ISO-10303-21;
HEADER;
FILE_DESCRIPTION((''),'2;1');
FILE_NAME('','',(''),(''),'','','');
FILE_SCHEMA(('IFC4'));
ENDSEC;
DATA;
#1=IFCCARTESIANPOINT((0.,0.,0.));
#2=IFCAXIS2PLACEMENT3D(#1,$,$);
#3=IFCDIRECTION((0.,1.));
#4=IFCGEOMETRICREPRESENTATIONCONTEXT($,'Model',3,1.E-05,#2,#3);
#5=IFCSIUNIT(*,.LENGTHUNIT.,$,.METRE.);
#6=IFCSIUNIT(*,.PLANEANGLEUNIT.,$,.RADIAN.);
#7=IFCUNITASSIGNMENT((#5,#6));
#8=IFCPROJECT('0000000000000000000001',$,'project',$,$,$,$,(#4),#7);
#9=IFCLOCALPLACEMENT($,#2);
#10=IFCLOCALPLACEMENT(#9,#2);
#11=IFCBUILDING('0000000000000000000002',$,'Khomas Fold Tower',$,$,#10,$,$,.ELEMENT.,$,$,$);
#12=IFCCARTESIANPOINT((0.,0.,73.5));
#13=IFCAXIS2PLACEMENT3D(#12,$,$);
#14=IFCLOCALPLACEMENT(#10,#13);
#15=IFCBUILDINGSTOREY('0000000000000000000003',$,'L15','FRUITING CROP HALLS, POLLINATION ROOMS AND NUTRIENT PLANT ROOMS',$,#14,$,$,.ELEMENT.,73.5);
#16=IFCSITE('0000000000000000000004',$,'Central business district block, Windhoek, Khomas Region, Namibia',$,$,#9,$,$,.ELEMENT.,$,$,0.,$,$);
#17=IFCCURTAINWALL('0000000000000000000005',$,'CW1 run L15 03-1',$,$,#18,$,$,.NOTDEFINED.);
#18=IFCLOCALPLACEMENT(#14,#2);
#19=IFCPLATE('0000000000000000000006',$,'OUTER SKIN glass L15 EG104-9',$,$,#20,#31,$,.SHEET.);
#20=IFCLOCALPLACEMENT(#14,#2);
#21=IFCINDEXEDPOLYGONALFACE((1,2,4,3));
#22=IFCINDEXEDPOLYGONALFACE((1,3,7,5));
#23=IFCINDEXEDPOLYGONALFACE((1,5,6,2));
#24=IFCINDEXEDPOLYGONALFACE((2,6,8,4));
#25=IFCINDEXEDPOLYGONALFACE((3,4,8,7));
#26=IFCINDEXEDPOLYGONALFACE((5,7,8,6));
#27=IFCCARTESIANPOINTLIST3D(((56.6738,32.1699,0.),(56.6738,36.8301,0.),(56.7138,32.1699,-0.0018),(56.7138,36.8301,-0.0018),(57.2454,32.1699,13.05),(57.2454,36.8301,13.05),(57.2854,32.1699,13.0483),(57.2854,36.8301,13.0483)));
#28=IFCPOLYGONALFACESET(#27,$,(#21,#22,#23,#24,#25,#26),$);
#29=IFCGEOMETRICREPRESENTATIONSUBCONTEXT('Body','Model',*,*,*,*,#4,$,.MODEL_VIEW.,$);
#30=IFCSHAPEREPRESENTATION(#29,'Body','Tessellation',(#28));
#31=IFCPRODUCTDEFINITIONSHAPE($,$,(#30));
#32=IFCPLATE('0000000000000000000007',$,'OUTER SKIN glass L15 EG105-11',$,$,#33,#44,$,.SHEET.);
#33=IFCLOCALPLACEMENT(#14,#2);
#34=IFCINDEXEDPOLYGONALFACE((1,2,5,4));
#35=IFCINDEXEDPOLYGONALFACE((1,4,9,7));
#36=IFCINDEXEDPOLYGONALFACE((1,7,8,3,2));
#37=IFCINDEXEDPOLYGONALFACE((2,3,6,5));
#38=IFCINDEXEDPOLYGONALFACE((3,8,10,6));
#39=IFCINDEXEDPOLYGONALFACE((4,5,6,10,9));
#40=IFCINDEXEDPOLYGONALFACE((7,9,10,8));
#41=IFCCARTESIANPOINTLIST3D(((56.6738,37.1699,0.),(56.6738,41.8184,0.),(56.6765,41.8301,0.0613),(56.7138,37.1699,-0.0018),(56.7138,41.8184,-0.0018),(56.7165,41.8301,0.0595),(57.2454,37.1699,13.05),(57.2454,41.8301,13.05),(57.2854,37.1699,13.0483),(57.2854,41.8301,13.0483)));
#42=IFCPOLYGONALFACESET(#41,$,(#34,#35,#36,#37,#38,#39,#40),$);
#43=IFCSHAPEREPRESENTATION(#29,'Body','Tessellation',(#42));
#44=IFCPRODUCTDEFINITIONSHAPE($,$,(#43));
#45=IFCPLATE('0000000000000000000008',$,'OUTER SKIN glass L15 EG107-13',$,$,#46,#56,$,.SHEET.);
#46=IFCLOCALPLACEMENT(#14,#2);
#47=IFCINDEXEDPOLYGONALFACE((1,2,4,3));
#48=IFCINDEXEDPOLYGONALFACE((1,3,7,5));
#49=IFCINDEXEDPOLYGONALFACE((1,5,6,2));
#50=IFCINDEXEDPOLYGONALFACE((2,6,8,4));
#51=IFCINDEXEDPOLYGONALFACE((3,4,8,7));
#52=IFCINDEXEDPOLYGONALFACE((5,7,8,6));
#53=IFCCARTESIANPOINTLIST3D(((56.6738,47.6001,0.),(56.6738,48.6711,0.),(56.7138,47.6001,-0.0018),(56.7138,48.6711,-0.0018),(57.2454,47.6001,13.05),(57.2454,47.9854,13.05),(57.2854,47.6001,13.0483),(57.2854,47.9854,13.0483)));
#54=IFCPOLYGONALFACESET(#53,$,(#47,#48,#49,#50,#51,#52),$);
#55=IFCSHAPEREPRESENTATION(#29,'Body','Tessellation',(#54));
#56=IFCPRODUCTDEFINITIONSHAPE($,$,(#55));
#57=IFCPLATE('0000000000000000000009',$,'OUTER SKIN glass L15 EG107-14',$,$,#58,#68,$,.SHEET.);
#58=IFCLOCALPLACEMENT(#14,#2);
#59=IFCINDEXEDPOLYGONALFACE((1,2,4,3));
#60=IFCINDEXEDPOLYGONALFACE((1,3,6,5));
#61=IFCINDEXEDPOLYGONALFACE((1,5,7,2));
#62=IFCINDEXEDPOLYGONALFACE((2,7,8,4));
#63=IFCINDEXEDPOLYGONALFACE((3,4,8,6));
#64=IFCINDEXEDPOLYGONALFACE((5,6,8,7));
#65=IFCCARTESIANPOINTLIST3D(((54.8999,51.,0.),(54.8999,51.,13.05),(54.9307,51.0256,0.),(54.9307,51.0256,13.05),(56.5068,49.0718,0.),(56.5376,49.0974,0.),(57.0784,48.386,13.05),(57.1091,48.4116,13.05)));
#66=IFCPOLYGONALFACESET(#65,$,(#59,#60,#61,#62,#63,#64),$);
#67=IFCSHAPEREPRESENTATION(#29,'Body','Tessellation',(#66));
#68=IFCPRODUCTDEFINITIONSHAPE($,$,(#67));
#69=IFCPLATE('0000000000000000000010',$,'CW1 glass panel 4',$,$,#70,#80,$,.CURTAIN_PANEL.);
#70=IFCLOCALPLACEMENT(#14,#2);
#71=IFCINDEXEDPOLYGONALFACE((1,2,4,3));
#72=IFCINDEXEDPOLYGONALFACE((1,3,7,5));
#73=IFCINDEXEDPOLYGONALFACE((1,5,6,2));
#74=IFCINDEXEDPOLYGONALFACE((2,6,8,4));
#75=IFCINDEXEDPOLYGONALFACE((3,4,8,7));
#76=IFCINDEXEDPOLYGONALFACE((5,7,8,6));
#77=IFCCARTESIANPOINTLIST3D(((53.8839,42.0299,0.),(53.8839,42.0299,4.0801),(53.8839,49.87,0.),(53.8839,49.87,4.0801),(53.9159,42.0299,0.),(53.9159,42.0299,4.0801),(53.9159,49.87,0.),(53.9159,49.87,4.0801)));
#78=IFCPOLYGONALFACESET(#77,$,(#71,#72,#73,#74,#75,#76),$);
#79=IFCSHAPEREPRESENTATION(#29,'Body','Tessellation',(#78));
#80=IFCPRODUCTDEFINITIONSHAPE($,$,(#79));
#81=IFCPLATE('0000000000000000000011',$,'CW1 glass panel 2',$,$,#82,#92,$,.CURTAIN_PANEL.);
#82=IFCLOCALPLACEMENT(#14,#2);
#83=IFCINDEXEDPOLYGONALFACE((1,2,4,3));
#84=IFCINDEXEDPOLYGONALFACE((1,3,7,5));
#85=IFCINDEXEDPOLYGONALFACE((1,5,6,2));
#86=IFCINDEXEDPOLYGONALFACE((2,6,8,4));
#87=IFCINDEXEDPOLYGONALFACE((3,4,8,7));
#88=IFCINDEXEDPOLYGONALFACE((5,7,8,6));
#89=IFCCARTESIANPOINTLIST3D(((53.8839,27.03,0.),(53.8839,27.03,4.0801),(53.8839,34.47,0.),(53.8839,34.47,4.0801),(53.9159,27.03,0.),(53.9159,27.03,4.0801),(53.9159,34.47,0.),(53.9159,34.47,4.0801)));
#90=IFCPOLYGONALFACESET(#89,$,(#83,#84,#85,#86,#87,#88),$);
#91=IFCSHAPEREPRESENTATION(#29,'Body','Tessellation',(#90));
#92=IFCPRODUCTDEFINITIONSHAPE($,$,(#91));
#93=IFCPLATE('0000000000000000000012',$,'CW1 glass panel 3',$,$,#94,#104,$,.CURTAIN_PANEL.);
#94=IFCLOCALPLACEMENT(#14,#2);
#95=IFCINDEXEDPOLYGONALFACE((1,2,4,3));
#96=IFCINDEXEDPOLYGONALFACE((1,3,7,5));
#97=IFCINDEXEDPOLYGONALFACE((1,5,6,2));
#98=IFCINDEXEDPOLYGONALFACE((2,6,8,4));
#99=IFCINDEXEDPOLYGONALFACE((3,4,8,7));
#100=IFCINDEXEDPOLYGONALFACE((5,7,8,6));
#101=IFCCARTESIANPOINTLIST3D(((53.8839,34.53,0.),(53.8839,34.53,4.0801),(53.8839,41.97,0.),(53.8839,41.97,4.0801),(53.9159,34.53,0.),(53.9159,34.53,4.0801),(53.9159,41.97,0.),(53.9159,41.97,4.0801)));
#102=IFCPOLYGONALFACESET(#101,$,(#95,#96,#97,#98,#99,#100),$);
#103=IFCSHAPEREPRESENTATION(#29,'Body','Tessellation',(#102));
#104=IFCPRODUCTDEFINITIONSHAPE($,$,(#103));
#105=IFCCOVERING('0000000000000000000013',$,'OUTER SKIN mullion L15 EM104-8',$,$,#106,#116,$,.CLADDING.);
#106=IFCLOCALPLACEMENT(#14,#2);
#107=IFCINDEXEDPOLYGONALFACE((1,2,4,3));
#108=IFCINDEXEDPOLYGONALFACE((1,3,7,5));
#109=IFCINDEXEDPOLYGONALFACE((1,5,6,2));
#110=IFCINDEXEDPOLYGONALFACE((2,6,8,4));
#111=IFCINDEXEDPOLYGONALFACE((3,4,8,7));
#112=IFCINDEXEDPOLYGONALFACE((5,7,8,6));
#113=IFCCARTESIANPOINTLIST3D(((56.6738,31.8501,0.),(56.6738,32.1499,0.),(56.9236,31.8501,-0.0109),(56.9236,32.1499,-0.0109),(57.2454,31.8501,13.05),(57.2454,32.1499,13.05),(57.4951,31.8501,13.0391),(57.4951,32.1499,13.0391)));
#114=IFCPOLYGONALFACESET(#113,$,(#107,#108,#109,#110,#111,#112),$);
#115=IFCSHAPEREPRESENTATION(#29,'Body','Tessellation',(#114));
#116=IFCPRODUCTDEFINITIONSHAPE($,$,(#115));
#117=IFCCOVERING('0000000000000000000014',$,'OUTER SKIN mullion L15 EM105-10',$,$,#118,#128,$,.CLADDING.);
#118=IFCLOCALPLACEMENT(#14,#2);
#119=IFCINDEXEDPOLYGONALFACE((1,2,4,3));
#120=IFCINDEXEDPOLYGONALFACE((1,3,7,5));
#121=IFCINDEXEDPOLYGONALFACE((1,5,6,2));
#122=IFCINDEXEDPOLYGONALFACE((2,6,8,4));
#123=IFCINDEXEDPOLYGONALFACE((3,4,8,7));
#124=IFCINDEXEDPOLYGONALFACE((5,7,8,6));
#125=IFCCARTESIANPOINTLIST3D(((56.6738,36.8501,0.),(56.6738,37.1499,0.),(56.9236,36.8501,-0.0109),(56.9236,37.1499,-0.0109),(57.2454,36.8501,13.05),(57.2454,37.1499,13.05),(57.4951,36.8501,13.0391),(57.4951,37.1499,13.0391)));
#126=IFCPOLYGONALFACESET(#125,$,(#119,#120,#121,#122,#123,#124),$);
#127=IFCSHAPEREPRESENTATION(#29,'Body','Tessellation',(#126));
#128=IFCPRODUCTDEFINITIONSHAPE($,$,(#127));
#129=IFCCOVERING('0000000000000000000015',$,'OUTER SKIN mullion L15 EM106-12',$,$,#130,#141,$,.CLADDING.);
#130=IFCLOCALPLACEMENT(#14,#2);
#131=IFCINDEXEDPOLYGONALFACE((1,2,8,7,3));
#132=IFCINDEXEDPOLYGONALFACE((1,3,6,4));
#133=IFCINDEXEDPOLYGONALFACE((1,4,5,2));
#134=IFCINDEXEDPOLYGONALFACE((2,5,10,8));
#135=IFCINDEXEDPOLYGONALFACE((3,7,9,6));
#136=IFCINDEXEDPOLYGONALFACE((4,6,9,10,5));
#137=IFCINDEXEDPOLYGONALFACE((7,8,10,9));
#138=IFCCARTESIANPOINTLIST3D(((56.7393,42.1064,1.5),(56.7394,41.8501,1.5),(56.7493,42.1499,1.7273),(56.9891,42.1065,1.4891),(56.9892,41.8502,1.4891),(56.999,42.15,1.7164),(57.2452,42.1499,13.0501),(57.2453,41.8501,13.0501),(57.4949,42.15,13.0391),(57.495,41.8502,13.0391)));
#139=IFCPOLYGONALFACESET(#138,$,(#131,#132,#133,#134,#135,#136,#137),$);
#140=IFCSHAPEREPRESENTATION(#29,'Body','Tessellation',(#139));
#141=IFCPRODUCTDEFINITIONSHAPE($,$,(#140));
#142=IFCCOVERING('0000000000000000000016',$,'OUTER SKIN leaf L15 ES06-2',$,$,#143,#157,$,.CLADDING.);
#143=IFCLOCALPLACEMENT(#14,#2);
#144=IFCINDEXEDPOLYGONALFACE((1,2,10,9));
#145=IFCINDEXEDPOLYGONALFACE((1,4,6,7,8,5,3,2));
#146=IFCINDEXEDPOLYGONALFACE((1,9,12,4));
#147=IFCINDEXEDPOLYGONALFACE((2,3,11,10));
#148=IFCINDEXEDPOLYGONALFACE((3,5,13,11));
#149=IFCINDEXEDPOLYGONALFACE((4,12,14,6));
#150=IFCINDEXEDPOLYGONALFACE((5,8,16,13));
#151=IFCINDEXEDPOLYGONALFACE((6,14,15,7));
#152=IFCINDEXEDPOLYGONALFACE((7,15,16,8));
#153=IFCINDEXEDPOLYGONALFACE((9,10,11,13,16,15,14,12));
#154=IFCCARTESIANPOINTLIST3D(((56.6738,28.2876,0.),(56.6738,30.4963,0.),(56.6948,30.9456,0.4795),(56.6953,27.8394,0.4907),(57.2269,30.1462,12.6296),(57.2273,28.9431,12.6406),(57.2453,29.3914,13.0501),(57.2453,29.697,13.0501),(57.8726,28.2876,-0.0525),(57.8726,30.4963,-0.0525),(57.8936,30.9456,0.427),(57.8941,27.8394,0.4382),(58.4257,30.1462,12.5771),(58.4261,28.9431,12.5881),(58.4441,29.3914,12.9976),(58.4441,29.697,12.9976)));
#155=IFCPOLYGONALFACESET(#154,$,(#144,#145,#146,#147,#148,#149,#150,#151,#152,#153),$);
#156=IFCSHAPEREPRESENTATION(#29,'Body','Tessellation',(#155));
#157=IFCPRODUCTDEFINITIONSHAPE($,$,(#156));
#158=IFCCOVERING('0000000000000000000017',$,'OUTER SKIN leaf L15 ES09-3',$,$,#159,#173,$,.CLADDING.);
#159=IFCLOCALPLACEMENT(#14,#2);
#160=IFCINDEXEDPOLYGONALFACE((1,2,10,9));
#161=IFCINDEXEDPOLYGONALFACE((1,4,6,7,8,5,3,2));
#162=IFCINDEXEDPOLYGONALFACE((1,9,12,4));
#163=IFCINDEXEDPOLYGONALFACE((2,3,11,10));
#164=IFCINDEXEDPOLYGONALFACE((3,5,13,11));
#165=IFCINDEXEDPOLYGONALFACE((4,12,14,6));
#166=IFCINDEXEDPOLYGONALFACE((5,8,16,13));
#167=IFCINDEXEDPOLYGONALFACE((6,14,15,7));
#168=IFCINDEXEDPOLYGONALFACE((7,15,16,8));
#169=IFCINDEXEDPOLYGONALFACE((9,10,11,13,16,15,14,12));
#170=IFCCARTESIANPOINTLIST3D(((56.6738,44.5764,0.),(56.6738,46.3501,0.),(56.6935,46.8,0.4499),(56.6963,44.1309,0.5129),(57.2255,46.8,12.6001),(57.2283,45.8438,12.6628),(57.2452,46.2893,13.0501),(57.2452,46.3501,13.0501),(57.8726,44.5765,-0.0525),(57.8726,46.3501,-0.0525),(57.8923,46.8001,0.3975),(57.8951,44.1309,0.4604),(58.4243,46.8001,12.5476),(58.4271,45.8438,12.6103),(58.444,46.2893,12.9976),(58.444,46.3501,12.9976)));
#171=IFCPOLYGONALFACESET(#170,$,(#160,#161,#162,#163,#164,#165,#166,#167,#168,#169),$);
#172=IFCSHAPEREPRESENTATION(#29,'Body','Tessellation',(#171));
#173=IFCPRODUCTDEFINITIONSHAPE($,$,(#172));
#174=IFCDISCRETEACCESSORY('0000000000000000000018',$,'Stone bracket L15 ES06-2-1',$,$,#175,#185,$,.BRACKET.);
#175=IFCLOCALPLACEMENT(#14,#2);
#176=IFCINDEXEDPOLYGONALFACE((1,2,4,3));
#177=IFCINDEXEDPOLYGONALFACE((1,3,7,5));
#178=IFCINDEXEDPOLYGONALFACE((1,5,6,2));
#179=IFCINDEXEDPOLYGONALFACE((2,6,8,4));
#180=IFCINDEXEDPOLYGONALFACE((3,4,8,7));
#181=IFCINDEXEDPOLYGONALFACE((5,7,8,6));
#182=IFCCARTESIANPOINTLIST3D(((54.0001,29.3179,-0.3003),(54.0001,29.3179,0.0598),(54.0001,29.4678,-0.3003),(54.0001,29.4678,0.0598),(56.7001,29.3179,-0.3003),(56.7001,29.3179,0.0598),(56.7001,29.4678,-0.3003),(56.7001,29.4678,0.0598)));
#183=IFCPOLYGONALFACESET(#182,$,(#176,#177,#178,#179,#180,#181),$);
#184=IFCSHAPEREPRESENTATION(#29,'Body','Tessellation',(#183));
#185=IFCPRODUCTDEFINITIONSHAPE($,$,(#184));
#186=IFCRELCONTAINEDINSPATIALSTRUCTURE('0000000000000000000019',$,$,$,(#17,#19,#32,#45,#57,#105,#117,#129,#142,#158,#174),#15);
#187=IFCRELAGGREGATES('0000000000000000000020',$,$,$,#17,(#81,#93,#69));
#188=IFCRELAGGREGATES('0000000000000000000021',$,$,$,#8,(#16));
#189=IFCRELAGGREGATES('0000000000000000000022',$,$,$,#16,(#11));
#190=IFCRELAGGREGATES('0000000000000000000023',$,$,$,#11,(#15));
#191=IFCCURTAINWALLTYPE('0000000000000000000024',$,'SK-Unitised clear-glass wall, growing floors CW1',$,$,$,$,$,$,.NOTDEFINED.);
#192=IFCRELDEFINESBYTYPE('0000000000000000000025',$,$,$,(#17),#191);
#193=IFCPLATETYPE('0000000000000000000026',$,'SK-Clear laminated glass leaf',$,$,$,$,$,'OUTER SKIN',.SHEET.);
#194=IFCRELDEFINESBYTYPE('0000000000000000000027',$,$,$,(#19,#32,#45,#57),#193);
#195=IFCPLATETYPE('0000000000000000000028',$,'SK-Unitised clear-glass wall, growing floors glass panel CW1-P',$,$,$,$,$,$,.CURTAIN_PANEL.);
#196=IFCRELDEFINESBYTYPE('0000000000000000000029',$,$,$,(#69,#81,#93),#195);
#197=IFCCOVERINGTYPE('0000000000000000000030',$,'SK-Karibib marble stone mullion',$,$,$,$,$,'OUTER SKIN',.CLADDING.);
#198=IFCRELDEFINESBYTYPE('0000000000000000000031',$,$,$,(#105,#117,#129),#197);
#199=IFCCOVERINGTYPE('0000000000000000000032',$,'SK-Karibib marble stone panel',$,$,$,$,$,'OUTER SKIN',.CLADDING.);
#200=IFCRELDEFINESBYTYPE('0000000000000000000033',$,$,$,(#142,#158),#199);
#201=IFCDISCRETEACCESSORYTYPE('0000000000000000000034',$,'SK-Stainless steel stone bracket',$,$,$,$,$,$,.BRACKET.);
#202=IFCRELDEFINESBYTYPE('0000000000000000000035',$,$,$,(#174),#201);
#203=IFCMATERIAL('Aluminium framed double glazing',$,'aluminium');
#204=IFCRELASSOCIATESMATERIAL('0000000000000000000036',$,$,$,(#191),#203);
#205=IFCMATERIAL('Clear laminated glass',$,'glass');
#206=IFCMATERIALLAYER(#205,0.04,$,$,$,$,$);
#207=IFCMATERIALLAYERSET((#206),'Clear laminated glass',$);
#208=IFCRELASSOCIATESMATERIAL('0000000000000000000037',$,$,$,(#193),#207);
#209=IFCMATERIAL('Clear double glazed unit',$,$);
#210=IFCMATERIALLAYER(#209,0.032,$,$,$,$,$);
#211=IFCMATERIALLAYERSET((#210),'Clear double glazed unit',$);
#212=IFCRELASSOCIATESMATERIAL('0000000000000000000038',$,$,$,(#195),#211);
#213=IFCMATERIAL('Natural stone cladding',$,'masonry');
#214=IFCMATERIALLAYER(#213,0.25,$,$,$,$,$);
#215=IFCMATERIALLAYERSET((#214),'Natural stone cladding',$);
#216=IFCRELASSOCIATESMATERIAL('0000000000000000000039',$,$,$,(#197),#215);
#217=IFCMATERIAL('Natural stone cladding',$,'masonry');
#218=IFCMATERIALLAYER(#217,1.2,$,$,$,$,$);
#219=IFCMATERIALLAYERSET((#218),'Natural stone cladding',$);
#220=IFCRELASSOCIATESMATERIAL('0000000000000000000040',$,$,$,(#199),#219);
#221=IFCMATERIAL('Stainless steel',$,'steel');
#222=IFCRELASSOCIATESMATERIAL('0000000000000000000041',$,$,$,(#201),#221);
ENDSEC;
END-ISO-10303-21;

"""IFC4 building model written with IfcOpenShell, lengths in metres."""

from ifc_helpers import new_model, si_unit, direction, frame, origin, origin_2d, place, context, subcontext, project, spatial, polyline, rectangle, outline, extrude, source, transform, mapped, material, layer, layer_set, type_object, element, aggregate, save


model = new_model("IFC4")

# Units and contexts
model_context = context("Model", 3, precision=1e-05, world=origin(), true_north=direction((0.0, 1.0)))
body_context = subcontext(model_context, "Body", "Model", "MODEL_VIEW")
ifc_project = project(units=[si_unit("LENGTHUNIT", "METRE"), si_unit("PLANEANGLEUNIT", "RADIAN")], contexts=[model_context])

# Site, building, storey
site_placement = place(None, origin())
site = spatial("IfcSite", under=ifc_project, at=site_placement, Name="Central business district block, Windhoek, Khomas Region, Namibia", CompositionType="ELEMENT", RefElevation=0.0)
building_placement = place(site_placement, origin())
building = spatial("IfcBuilding", under=site, at=building_placement, Name="Khomas Fold Tower", CompositionType="ELEMENT")
storey_placement = place(building_placement, frame((0.0, 0.0, 73.5)))
storey = spatial("IfcBuildingStorey", under=building, at=storey_placement, Name="L15", Description="FRUITING CROP HALLS, POLLINATION ROOMS AND NUTRIENT PLANT ROOMS", CompositionType="ELEMENT", Elevation=73.5)

# Curtain wall
ifc_material_1 = material(Name="Aluminium framed double glazing", Category="aluminium")
curtain_wall_type = type_object("IfcCurtainWallType", Name="SK-Unitised clear-glass wall, growing floors CW1", PredefinedType="NOTDEFINED", material=ifc_material_1)
curtain_wall_placement = place(storey_placement, origin())
curtain_wall = element("IfcCurtainWall", 1, at=curtain_wall_placement, inside=storey, type_object=curtain_wall_type, Name="CW1 run L15 03-1", PredefinedType="NOTDEFINED")

# Plates
ifc_material_2 = material(Name="Clear laminated glass", Category="glass")
ifc_layer_1 = layer(ifc_material_2, 0.04)
ifc_layer_set_1 = layer_set([ifc_layer_1], Name="Clear laminated glass")
plate_type_1 = type_object("IfcPlateType", Name="SK-Clear laminated glass leaf", ElementType="OUTER SKIN", PredefinedType="SHEET", material=ifc_layer_set_1)
plate_1_placement = place(storey_placement, frame((57.2454, 36.8301, 13.05), z_axis=(-0.999042, 0.0, 0.043754), x_axis=(-0.043754, 0.0, -0.999042)))
element("IfcPlate", 2, at=plate_1_placement, inside=storey, type_object=plate_type_1, Name="OUTER SKIN glass L15 EG104-9", PredefinedType="SHEET", context=body_context, shape_type="SweptSolid", body=[
    extrude(outline(polyline([(0.0, 0.0), (13.0626, 0.0), (13.0626, 4.6602), (0.0, 4.6602), (0.0, 0.0)])), origin(), (0.0, 0.0, -1.0), 0.04),
])
plate_2_placement = place(storey_placement, frame((57.2454, 41.8301, 13.05), z_axis=(-0.999042, 0.0, 0.043754), x_axis=(-0.043754, 0.0, -0.999042)))
element("IfcPlate", 3, at=plate_2_placement, inside=storey, type_object=plate_type_1, Name="OUTER SKIN glass L15 EG105-11", PredefinedType="SHEET", context=body_context, shape_type="SweptSolid", body=[
    extrude(outline(polyline([(0.0, 0.0), (13.0012, 0.0), (13.0626, 0.0117), (13.0626, 4.6602), (0.0, 4.6602), (0.0, 0.0)])), origin(), (0.0, 0.0, -1.0), 0.04),
])
plate_3_placement = place(storey_placement, frame((57.2454, 47.6001, 13.05), z_axis=(-0.999042, 0.0, 0.043754), x_axis=(0.0, 1.0, 0.0)))
element("IfcPlate", 4, at=plate_3_placement, inside=storey, type_object=plate_type_1, Name="OUTER SKIN glass L15 EG107-13", PredefinedType="SHEET", context=body_context, shape_type="SweptSolid", body=[
    extrude(outline(polyline([(0.0, 0.0), (0.3853, 0.0), (1.071, 13.0626), (0.0, 13.0626), (0.0, 0.0)])), origin(), (0.0, 0.0, -1.0), 0.04),
])
plate_4_placement = place(storey_placement, frame((56.5068, 49.0718, 0.0), z_axis=(-0.768204, -0.640205, 0.0), x_axis=(0.043693, -0.052428, 0.997668)))
element("IfcPlate", 5, at=plate_4_placement, inside=storey, type_object=plate_type_1, Name="OUTER SKIN glass L15 EG107-14", PredefinedType="SHEET", context=body_context, shape_type="SweptSolid", body=[
    extrude(outline(polyline([(0.0, 0.0), (13.0805, 0.0), (12.8483, 3.3948), (-0.1713, 2.5042), (0.0, 0.0)])), origin(), (0.0, 0.0, -1.0), 0.04),
])

# Plates
ifc_material_3 = material(Name="Clear double glazed unit")
ifc_layer_2 = layer(ifc_material_3, 0.032)
ifc_layer_set_2 = layer_set([ifc_layer_2], Name="Clear double glazed unit")
plate_type_2 = type_object("IfcPlateType", Name="SK-Unitised clear-glass wall, growing floors glass panel CW1-P", PredefinedType="CURTAIN_PANEL", material=ifc_layer_set_2)
shared_shape_1 = source(origin(), body_context, "Body", "SweptSolid", [
    extrude(rectangle(XDim=7.8401, YDim=0.032, at=origin_2d()), origin(), (0.0, 0.0, 1.0), 4.0801),
])
plate_5_placement = place(storey_placement, frame((53.8999, 45.95, 0.0), z_axis=(0.0, 0.0, 1.0), x_axis=(0.0, 1.0, 0.0)))
plate_5 = element("IfcPlate", 6, at=plate_5_placement, type_object=plate_type_2, Name="CW1 glass panel 4", PredefinedType="CURTAIN_PANEL", context=body_context, shape_type="MappedRepresentation", body=[
    mapped(shared_shape_1, transform((0.0, 0.0, 0.0))),
])
shared_shape_2 = source(origin(), body_context, "Body", "SweptSolid", [
    extrude(rectangle(XDim=7.4399, YDim=0.032, at=origin_2d()), origin(), (0.0, 0.0, 1.0), 4.0801),
])
plate_6_placement = place(storey_placement, frame((53.8999, 30.75, 0.0), z_axis=(0.0, 0.0, 1.0), x_axis=(0.0, 1.0, 0.0)))
plate_6 = element("IfcPlate", 7, at=plate_6_placement, type_object=plate_type_2, Name="CW1 glass panel 2", PredefinedType="CURTAIN_PANEL", context=body_context, shape_type="MappedRepresentation", body=[
    mapped(shared_shape_2, transform((0.0, 0.0, 0.0))),
])
plate_7_placement = place(storey_placement, frame((53.8999, 38.25, 0.0), z_axis=(0.0, 0.0, 1.0), x_axis=(0.0, 1.0, 0.0)))
plate_7 = element("IfcPlate", 8, at=plate_7_placement, type_object=plate_type_2, Name="CW1 glass panel 3", PredefinedType="CURTAIN_PANEL", context=body_context, shape_type="MappedRepresentation", body=[
    mapped(shared_shape_2, transform((0.0, 0.0, 0.0))),
])
aggregate(curtain_wall, [plate_6, plate_7, plate_5])

# Coverings
ifc_material_4 = material(Name="Natural stone cladding", Category="masonry")
ifc_layer_3 = layer(ifc_material_4, 0.25)
ifc_layer_set_3 = layer_set([ifc_layer_3], Name="Natural stone cladding")
covering_type_1 = type_object("IfcCoveringType", Name="SK-Karibib marble stone mullion", ElementType="OUTER SKIN", PredefinedType="CLADDING", material=ifc_layer_set_3)
for number, where, z_axis, x_axis, name in (
    (9, (57.2454, 32.1499, 13.05), (-0.999042, 0.0, 0.043754), (-0.043754, 0.0, -0.999042), "OUTER SKIN mullion L15 EM104-8"),
    (10, (57.2454, 37.1499, 13.05), (-0.999042, 0.0, 0.043754), (-0.043754, 0.0, -0.999042), "OUTER SKIN mullion L15 EM105-10"),
):
    element("IfcCovering", number, at=place(storey_placement, frame(where, z_axis=z_axis, x_axis=x_axis)), inside=storey, type_object=covering_type_1, Name=name, PredefinedType="CLADDING", context=body_context, shape_type="SweptSolid", body=[
        extrude(outline(polyline([(0.0, 0.0), (13.0626, 0.0), (13.0626, 0.2998), (0.0, 0.2998), (0.0, 0.0)])), origin(), (0.0, 0.0, -1.0), 0.25),
    ])
covering_1_placement = place(storey_placement, frame((56.7493, 42.1499, 1.7273), z_axis=(-0.999042, -0.000316, 0.043756), x_axis=(-0.04292, -0.187624, -0.981303)))
element("IfcCovering", 11, at=covering_1_placement, inside=storey, type_object=covering_type_1, Name="OUTER SKIN mullion L15 EM106-12", PredefinedType="CLADDING", context=body_context, shape_type="SweptSolid", body=[
    extrude(outline(polyline([(0.0, 0.0), (0.2316, 0.0), (0.2797, 0.2518), (-11.0761, 2.4209), (-11.1323, 2.1265), (0.0, 0.0)])), origin(), (0.0, 0.0, -1.0), 0.25),
])
ifc_material_5 = material(Name="Natural stone cladding", Category="masonry")
ifc_layer_4 = layer(ifc_material_5, 1.2)
ifc_layer_set_4 = layer_set([ifc_layer_4], Name="Natural stone cladding")
covering_type_2 = type_object("IfcCoveringType", Name="SK-Karibib marble stone panel", ElementType="OUTER SKIN", PredefinedType="CLADDING", material=ifc_layer_set_4)
covering_2_placement = place(storey_placement, frame((56.6953, 27.8394, 0.4907), z_axis=(-0.999043, -0.000001, 0.043746), x_axis=(0.043567, 0.090387, 0.994953)))
element("IfcCovering", 12, at=covering_2_placement, inside=storey, type_object=covering_type_2, Name="OUTER SKIN leaf L15 ES06-2", PredefinedType="CLADDING", context=body_context, shape_type="SweptSolid", body=[
    extrude(outline(polyline([(0.0, 0.0), (12.2115, 0.0), (12.6602, 0.4094), (12.6878, 0.7138), (12.3093, 1.1992), (0.2696, 3.0945), (-0.249, 2.6905), (-0.4487, 0.4908), (0.0, 0.0)])), origin(), (0.0, 0.0, -1.0), 1.2),
])
covering_3_placement = place(storey_placement, frame((56.6963, 44.1309, 0.5129), z_axis=(-0.999043, -0.000029, 0.043748), x_axis=(0.043317, 0.139468, 0.989279)))
element("IfcCovering", 13, at=covering_3_placement, inside=storey, type_object=covering_type_2, Name="OUTER SKIN leaf L15 ES09-3", PredefinedType="CLADDING", context=body_context, shape_type="SweptSolid", body=[
    extrude(outline(polyline([(0.0, 0.0), (12.2816, 0.0), (12.7275, 0.3871), (12.736, 0.4473), (12.3528, 0.9557), (0.3098, 2.6519), (-0.1989, 2.2692), (-0.4463, 0.5128), (0.0, 0.0)])), origin(), (0.0, 0.0, -1.0), 1.2),
])

# Discrete accessory
ifc_material_6 = material(Name="Stainless steel", Category="steel")
discrete_accessory_type = type_object("IfcDiscreteAccessoryType", Name="SK-Stainless steel stone bracket", PredefinedType="BRACKET", material=ifc_material_6)
shared_shape_3 = source(origin(), body_context, "Body", "SweptSolid", [
    extrude(rectangle(XDim=2.7, YDim=0.1499, at=origin_2d()), origin(), (0.0, 0.0, 1.0), 0.3601),
])
for number, where, z_axis, x_axis, name in (
    (14, (55.3501, 29.3928, -0.3003), (0.0, 0.0, 1.0), (1.0, 0.0, 0.0), "Stone bracket L15 ES06-2-1"),
):
    element("IfcDiscreteAccessory", number, at=place(storey_placement, frame(where, z_axis=z_axis, x_axis=x_axis)), inside=storey, type_object=discrete_accessory_type, Name=name, PredefinedType="BRACKET", context=body_context, shape_type="MappedRepresentation", body=[
        mapped(shared_shape_3, transform((0.0, 0.0, 0.0))),
    ])

save(model, "model.ifc")
